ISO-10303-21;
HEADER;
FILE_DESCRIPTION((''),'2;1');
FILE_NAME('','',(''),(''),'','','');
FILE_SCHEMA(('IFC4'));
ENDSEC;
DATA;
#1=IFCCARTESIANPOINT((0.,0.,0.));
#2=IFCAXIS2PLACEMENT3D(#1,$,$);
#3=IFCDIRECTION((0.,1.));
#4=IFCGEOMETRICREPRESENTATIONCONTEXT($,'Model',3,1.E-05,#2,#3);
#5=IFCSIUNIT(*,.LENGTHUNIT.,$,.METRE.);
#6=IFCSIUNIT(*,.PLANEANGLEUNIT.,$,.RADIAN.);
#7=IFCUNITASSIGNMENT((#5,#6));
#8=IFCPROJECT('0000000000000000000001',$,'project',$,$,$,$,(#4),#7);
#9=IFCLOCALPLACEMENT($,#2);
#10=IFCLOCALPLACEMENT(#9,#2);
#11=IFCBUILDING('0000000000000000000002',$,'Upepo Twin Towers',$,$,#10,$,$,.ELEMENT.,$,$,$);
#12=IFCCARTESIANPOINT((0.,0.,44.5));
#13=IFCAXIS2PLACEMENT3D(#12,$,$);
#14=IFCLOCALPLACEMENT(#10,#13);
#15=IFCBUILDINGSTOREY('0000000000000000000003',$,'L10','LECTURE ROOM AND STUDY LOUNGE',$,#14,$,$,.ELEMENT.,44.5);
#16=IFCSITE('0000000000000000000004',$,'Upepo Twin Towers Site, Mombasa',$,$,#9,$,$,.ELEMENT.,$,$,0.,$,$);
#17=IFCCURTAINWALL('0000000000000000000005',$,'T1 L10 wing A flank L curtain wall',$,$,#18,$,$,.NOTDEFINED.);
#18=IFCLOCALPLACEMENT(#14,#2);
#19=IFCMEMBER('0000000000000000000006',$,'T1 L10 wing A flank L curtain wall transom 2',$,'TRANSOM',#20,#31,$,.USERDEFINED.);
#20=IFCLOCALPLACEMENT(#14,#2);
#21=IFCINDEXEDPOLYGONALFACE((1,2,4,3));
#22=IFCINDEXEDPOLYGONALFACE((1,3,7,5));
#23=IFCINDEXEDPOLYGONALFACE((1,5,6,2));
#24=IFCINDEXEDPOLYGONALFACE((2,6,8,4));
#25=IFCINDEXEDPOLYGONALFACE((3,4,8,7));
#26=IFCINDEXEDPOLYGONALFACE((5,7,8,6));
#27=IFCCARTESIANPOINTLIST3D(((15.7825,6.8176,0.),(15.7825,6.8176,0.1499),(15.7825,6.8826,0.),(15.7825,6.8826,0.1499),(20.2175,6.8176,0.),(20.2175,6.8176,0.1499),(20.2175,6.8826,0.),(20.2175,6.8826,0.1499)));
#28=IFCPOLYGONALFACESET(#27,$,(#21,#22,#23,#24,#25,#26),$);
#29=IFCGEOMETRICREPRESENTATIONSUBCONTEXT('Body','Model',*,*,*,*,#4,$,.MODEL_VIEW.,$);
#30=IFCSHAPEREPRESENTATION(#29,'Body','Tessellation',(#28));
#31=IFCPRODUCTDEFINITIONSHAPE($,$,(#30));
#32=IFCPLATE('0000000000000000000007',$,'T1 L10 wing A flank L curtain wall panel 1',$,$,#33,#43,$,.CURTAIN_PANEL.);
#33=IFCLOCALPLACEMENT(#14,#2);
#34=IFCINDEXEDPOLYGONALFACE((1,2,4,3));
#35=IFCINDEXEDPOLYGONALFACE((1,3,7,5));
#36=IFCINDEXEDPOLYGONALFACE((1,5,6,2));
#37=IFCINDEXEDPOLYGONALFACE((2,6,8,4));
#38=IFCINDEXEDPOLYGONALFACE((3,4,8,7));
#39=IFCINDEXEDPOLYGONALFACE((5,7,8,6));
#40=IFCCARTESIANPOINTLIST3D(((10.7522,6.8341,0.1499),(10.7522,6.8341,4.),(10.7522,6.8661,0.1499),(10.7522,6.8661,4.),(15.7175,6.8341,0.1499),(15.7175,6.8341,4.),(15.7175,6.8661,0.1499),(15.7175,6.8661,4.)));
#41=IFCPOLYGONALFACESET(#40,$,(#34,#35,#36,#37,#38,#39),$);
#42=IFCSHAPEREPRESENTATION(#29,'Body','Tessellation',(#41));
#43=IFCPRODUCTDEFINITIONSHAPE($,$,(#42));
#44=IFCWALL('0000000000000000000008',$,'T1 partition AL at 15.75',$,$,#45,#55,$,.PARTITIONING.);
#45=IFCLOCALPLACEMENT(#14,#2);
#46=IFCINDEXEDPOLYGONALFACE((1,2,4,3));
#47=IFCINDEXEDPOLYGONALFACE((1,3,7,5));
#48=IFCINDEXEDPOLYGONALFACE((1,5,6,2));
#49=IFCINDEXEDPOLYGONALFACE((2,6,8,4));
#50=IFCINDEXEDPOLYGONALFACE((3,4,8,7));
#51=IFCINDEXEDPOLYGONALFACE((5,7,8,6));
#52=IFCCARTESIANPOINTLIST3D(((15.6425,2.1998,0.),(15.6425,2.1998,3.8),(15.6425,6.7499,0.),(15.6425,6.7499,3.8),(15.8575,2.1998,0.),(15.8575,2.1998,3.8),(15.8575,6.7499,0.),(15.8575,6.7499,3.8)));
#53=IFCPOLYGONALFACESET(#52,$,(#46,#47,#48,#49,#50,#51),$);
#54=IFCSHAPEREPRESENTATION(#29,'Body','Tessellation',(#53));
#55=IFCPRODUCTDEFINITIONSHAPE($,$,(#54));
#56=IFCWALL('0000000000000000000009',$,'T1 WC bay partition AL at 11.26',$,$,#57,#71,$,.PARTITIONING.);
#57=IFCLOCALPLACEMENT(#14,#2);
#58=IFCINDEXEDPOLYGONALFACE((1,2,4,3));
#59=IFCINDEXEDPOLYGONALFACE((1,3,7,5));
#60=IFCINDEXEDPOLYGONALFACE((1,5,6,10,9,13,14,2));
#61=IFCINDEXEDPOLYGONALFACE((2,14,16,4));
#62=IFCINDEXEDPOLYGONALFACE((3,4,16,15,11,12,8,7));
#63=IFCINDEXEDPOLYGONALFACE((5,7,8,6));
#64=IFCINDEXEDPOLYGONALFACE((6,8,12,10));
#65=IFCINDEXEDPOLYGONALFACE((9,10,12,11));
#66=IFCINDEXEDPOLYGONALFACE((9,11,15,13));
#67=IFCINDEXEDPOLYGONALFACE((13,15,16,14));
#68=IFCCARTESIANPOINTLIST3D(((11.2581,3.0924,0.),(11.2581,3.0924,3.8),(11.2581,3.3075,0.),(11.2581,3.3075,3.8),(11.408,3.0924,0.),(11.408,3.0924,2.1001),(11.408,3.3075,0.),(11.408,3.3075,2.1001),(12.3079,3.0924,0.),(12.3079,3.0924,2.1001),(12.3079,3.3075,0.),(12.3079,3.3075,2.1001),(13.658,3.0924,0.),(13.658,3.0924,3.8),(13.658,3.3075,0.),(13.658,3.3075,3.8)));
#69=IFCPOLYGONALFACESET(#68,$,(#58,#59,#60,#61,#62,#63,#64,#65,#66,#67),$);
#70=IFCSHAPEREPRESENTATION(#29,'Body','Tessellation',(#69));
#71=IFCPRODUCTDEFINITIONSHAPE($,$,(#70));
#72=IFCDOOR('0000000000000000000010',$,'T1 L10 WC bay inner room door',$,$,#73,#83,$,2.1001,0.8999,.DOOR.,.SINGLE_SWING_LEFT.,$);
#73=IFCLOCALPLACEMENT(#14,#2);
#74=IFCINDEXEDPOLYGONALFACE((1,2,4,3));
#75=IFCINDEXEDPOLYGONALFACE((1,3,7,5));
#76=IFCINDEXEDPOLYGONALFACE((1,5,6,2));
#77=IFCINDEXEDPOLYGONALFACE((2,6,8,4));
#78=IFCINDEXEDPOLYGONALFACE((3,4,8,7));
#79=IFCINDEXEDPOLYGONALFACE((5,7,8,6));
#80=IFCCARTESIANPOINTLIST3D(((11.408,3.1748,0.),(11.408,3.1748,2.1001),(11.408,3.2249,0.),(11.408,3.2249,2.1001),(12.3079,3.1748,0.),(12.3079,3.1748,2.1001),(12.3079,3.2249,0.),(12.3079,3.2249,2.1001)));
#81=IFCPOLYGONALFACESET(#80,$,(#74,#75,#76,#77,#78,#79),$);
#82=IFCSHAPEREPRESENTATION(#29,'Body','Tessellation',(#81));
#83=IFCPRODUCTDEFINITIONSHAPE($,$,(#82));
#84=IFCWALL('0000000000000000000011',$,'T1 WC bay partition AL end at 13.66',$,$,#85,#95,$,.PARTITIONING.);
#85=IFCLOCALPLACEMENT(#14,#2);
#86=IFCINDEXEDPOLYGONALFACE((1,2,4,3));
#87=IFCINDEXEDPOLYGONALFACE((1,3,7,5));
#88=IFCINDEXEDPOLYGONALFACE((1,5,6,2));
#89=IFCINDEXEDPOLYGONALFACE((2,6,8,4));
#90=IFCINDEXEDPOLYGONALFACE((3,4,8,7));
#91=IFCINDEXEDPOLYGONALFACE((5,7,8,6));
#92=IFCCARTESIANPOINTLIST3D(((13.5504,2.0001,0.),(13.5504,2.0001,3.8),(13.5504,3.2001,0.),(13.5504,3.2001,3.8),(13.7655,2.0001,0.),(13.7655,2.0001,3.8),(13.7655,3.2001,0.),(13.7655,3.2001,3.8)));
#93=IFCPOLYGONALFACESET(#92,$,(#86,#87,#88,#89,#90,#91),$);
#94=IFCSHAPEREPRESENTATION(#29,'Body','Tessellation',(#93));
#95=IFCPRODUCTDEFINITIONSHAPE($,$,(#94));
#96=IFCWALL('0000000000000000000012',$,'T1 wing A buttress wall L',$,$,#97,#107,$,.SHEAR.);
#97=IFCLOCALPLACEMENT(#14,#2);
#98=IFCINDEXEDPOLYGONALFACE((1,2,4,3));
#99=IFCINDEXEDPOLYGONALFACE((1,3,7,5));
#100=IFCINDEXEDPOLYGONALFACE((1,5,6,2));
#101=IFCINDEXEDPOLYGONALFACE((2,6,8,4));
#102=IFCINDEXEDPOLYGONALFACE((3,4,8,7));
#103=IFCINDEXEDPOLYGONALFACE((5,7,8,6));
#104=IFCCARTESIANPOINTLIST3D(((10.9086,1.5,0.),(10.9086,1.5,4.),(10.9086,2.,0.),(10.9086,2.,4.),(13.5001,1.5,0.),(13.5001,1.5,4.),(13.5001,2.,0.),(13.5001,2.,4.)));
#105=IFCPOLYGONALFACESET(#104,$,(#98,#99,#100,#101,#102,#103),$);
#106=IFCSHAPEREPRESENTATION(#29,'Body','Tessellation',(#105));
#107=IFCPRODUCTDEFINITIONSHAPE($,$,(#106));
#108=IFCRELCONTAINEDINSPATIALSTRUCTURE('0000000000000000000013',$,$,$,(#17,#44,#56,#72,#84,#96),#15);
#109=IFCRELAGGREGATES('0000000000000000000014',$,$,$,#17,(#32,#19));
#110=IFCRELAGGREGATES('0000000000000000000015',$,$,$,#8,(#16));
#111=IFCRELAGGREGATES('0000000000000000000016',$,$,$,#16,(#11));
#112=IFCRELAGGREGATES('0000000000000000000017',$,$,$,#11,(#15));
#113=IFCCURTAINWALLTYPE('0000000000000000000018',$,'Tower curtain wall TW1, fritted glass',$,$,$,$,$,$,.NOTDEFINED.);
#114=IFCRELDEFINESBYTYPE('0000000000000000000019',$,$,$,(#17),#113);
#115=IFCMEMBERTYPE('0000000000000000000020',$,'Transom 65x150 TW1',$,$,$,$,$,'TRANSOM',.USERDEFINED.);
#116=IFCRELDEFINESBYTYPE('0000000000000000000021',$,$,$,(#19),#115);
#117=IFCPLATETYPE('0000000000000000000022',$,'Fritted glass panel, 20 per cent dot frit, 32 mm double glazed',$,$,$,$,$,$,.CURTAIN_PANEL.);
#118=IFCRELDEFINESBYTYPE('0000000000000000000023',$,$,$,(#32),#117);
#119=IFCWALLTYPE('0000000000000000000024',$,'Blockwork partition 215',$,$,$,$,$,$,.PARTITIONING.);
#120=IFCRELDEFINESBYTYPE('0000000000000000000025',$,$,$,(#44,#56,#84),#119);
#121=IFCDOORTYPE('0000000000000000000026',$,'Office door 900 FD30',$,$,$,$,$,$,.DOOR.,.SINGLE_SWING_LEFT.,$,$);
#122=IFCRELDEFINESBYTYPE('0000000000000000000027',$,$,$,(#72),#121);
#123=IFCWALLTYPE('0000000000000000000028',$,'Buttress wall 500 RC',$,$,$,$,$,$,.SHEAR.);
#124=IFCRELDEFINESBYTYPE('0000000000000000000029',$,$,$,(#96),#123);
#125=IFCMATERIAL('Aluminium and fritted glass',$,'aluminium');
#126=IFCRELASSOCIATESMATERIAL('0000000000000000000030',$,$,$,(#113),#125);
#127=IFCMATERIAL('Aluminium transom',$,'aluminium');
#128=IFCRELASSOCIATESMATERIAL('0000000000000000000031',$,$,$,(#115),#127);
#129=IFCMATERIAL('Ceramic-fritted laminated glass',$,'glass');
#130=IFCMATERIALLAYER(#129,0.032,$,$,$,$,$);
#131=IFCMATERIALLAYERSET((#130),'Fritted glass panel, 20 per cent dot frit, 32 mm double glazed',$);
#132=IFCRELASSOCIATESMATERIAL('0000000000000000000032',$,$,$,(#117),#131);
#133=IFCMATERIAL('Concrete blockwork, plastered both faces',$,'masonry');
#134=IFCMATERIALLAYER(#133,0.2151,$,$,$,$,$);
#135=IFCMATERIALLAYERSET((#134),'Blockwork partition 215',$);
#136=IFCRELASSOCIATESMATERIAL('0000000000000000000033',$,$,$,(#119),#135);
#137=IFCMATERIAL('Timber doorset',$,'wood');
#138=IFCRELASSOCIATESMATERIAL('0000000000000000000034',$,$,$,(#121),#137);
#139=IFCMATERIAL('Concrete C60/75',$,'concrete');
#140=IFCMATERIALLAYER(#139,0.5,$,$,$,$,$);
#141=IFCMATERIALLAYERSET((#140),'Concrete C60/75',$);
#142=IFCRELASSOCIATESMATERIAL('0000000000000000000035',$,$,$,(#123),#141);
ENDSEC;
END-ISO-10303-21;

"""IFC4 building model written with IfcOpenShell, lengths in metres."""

from ifc_helpers import new_model, si_unit, direction, frame, frame_2d, origin, origin_2d, place, context, subcontext, project, spatial, rectangle, extrude, material, layer, layer_set, material_profile, profile_set, type_object, element, fill, aggregate, save


model = new_model("IFC4")

# Units and contexts
model_context = context("Model", 3, precision=1e-05, world=origin(), true_north=direction((0.0, 1.0)))
body_context = subcontext(model_context, "Body", "Model", "MODEL_VIEW")
ifc_project = project(units=[si_unit("LENGTHUNIT", "METRE"), si_unit("PLANEANGLEUNIT", "RADIAN")], contexts=[model_context])

# Site, building, storey
site_placement = place(None, origin())
site = spatial("IfcSite", under=ifc_project, at=site_placement, Name="Upepo Twin Towers Site, Mombasa", CompositionType="ELEMENT", RefElevation=0.0)
building_placement = place(site_placement, origin())
building = spatial("IfcBuilding", under=site, at=building_placement, Name="Upepo Twin Towers", CompositionType="ELEMENT")
storey_placement = place(building_placement, frame((0.0, 0.0, 44.5)))
storey = spatial("IfcBuildingStorey", under=building, at=storey_placement, Name="L10", Description="LECTURE ROOM AND STUDY LOUNGE", CompositionType="ELEMENT", Elevation=44.5)

# Curtain wall, member, plate
ifc_material_1 = material(Name="Aluminium and fritted glass", Category="aluminium")
curtain_wall_type = type_object("IfcCurtainWallType", Name="Tower curtain wall TW1, fritted glass", PredefinedType="NOTDEFINED", material=ifc_material_1)
curtain_wall_placement = place(storey_placement, origin())
curtain_wall = element("IfcCurtainWall", 1, at=curtain_wall_placement, inside=storey, type_object=curtain_wall_type, Name="T1 L10 wing A flank L curtain wall", PredefinedType="NOTDEFINED")
ifc_material_2 = material(Name="Aluminium transom", Category="aluminium")
ifc_material_profile_1 = material_profile(ifc_material_2, rectangle(XDim=0.0649, YDim=0.1499, at=origin_2d()), Name="TRANSOM 65x150")
ifc_profile_set_1 = profile_set([ifc_material_profile_1], Name="Aluminium transom")
member_type_1 = type_object("IfcMemberType", Name="Transom 65x150 TW1", ElementType="TRANSOM", PredefinedType="USERDEFINED", material=ifc_profile_set_1)
member_1_placement = place(storey_placement, frame((15.7825, 6.8501, 0.075), z_axis=(1.0, 0.0, 0.0), x_axis=(0.0, 1.0, 0.0)))
member_1 = element("IfcMember", 2, at=member_1_placement, type_object=member_type_1, Name="T1 L10 wing A flank L curtain wall transom 2", ObjectType="TRANSOM", PredefinedType="USERDEFINED", context=body_context, shape_type="SweptSolid", body=[
    extrude(rectangle(XDim=0.0649, YDim=0.1499, at=origin_2d()), origin(), (0.0, 0.0, 1.0), 4.4351),
])
ifc_material_3 = material(Name="Ceramic-fritted laminated glass", Category="glass")
ifc_layer_1 = layer(ifc_material_3, 0.032)
ifc_layer_set_1 = layer_set([ifc_layer_1], Name="Fritted glass panel, 20 per cent dot frit, 32 mm double glazed")
plate_type = type_object("IfcPlateType", Name="Fritted glass panel, 20 per cent dot frit, 32 mm double glazed", PredefinedType="CURTAIN_PANEL", material=ifc_layer_set_1)
plate_placement = place(storey_placement, frame((13.2349, 6.8501, 0.1499), z_axis=(0.0, 0.0, 1.0), x_axis=(1.0, 0.0, 0.0)))
plate = element("IfcPlate", 3, at=plate_placement, type_object=plate_type, Name="T1 L10 wing A flank L curtain wall panel 1", PredefinedType="CURTAIN_PANEL", context=body_context, shape_type="SweptSolid", body=[
    extrude(rectangle(XDim=4.9653, YDim=0.032, at=origin_2d()), origin(), (0.0, 0.0, 1.0), 3.8501),
])
aggregate(curtain_wall, [plate, member_1])

# Wall
ifc_material_4 = material(Name="Concrete blockwork, plastered both faces", Category="masonry")
ifc_layer_2 = layer(ifc_material_4, 0.2151)
ifc_layer_set_2 = layer_set([ifc_layer_2], Name="Blockwork partition 215")
wall_type_1 = type_object("IfcWallType", Name="Blockwork partition 215", PredefinedType="PARTITIONING", material=ifc_layer_set_2)
wall_1_placement = place(storey_placement, frame((15.75, 2.2, 0.0), z_axis=(0.0, 0.0, 1.0), x_axis=(0.0, 1.0, 0.0)))
element("IfcWall", 4, at=wall_1_placement, inside=storey, type_object=wall_type_1, Name="T1 partition AL at 15.75", PredefinedType="PARTITIONING", context=body_context, shape_type="SweptSolid", body=[
    extrude(rectangle(XDim=4.55, YDim=0.2151, at=frame_2d((2.2749, 0.0))), origin(), (0.0, 0.0, 1.0), 3.8),
])

# Wall, opening, door
wall_2_placement = place(storey_placement, frame((11.2581, 3.2, 0.0), z_axis=(0.0, 0.0, 1.0), x_axis=(1.0, 0.0, 0.0)))
wall_2 = element("IfcWall", 5, at=wall_2_placement, inside=storey, type_object=wall_type_1, Name="T1 WC bay partition AL at 11.26", PredefinedType="PARTITIONING", context=body_context, shape_type="SweptSolid", body=[
    extrude(rectangle(XDim=2.3999, YDim=0.2151, at=frame_2d((1.2, 0.0))), origin(), (0.0, 0.0, 1.0), 3.8),
])
opening_1_placement = place(wall_2_placement, frame((0.1499, 0.0, 0.0)))
opening_1 = element("IfcOpeningElement", 6, at=opening_1_placement, cuts=wall_2, PredefinedType="OPENING", context=body_context, shape_type="SweptSolid", body=[
    extrude(rectangle(XDim=0.8999, YDim=2.1001, at=frame_2d((0.45, 1.05))), frame((0.0, 0.1174, 0.0), z_axis=(0.0, -1.0, 0.0), x_axis=(1.0, 0.0, 0.0)), (0.0, 0.0, 1.0), 0.2351),
])
ifc_material_5 = material(Name="Timber doorset", Category="wood")
door_type_1 = type_object("IfcDoorType", Name="Office door 900 FD30", OperationType="SINGLE_SWING_LEFT", PredefinedType="DOOR", material=ifc_material_5)
door_1_placement = place(opening_1_placement, origin())
door_1 = element("IfcDoor", 7, at=door_1_placement, inside=storey, type_object=door_type_1, Name="T1 L10 WC bay inner room door", OperationType="SINGLE_SWING_LEFT", OverallHeight=2.1001, OverallWidth=0.8999, PredefinedType="DOOR", context=body_context, shape_type="SweptSolid", body=[
    extrude(rectangle(XDim=0.8999, YDim=2.1001, at=frame_2d((0.45, 1.05))), frame((0.0, 0.0249, 0.0), z_axis=(0.0, -1.0, 0.0), x_axis=(1.0, 0.0, 0.0)), (0.0, 0.0, 1.0), 0.05),
])
fill(opening_1, door_1)

# Walls
wall_3_placement = place(storey_placement, frame((13.658, 2.0, 0.0), z_axis=(0.0, 0.0, 1.0), x_axis=(0.0, 1.0, 0.0)))
element("IfcWall", 8, at=wall_3_placement, inside=storey, type_object=wall_type_1, Name="T1 WC bay partition AL end at 13.66", PredefinedType="PARTITIONING", context=body_context, shape_type="SweptSolid", body=[
    extrude(rectangle(XDim=1.2, YDim=0.2151, at=frame_2d((0.6001, 0.0))), origin(), (0.0, 0.0, 1.0), 3.8),
])
ifc_material_6 = material(Name="Concrete C60/75", Category="concrete")
ifc_layer_3 = layer(ifc_material_6, 0.5)
ifc_layer_set_3 = layer_set([ifc_layer_3], Name="Concrete C60/75")
wall_type_2 = type_object("IfcWallType", Name="Buttress wall 500 RC", PredefinedType="SHEAR", material=ifc_layer_set_3)
wall_4_placement = place(storey_placement, frame((10.9084, 1.75, 0.0), z_axis=(0.0, 0.0, 1.0), x_axis=(1.0, 0.0, 0.0)))
element("IfcWall", 9, at=wall_4_placement, inside=storey, type_object=wall_type_2, Name="T1 wing A buttress wall L", PredefinedType="SHEAR", context=body_context, shape_type="SweptSolid", body=[
    extrude(rectangle(XDim=2.5916, YDim=0.5, at=frame_2d((1.2959, 0.0))), origin(), (0.0, 0.0, 1.0), 4.0),
])

save(model, "model.ifc")
